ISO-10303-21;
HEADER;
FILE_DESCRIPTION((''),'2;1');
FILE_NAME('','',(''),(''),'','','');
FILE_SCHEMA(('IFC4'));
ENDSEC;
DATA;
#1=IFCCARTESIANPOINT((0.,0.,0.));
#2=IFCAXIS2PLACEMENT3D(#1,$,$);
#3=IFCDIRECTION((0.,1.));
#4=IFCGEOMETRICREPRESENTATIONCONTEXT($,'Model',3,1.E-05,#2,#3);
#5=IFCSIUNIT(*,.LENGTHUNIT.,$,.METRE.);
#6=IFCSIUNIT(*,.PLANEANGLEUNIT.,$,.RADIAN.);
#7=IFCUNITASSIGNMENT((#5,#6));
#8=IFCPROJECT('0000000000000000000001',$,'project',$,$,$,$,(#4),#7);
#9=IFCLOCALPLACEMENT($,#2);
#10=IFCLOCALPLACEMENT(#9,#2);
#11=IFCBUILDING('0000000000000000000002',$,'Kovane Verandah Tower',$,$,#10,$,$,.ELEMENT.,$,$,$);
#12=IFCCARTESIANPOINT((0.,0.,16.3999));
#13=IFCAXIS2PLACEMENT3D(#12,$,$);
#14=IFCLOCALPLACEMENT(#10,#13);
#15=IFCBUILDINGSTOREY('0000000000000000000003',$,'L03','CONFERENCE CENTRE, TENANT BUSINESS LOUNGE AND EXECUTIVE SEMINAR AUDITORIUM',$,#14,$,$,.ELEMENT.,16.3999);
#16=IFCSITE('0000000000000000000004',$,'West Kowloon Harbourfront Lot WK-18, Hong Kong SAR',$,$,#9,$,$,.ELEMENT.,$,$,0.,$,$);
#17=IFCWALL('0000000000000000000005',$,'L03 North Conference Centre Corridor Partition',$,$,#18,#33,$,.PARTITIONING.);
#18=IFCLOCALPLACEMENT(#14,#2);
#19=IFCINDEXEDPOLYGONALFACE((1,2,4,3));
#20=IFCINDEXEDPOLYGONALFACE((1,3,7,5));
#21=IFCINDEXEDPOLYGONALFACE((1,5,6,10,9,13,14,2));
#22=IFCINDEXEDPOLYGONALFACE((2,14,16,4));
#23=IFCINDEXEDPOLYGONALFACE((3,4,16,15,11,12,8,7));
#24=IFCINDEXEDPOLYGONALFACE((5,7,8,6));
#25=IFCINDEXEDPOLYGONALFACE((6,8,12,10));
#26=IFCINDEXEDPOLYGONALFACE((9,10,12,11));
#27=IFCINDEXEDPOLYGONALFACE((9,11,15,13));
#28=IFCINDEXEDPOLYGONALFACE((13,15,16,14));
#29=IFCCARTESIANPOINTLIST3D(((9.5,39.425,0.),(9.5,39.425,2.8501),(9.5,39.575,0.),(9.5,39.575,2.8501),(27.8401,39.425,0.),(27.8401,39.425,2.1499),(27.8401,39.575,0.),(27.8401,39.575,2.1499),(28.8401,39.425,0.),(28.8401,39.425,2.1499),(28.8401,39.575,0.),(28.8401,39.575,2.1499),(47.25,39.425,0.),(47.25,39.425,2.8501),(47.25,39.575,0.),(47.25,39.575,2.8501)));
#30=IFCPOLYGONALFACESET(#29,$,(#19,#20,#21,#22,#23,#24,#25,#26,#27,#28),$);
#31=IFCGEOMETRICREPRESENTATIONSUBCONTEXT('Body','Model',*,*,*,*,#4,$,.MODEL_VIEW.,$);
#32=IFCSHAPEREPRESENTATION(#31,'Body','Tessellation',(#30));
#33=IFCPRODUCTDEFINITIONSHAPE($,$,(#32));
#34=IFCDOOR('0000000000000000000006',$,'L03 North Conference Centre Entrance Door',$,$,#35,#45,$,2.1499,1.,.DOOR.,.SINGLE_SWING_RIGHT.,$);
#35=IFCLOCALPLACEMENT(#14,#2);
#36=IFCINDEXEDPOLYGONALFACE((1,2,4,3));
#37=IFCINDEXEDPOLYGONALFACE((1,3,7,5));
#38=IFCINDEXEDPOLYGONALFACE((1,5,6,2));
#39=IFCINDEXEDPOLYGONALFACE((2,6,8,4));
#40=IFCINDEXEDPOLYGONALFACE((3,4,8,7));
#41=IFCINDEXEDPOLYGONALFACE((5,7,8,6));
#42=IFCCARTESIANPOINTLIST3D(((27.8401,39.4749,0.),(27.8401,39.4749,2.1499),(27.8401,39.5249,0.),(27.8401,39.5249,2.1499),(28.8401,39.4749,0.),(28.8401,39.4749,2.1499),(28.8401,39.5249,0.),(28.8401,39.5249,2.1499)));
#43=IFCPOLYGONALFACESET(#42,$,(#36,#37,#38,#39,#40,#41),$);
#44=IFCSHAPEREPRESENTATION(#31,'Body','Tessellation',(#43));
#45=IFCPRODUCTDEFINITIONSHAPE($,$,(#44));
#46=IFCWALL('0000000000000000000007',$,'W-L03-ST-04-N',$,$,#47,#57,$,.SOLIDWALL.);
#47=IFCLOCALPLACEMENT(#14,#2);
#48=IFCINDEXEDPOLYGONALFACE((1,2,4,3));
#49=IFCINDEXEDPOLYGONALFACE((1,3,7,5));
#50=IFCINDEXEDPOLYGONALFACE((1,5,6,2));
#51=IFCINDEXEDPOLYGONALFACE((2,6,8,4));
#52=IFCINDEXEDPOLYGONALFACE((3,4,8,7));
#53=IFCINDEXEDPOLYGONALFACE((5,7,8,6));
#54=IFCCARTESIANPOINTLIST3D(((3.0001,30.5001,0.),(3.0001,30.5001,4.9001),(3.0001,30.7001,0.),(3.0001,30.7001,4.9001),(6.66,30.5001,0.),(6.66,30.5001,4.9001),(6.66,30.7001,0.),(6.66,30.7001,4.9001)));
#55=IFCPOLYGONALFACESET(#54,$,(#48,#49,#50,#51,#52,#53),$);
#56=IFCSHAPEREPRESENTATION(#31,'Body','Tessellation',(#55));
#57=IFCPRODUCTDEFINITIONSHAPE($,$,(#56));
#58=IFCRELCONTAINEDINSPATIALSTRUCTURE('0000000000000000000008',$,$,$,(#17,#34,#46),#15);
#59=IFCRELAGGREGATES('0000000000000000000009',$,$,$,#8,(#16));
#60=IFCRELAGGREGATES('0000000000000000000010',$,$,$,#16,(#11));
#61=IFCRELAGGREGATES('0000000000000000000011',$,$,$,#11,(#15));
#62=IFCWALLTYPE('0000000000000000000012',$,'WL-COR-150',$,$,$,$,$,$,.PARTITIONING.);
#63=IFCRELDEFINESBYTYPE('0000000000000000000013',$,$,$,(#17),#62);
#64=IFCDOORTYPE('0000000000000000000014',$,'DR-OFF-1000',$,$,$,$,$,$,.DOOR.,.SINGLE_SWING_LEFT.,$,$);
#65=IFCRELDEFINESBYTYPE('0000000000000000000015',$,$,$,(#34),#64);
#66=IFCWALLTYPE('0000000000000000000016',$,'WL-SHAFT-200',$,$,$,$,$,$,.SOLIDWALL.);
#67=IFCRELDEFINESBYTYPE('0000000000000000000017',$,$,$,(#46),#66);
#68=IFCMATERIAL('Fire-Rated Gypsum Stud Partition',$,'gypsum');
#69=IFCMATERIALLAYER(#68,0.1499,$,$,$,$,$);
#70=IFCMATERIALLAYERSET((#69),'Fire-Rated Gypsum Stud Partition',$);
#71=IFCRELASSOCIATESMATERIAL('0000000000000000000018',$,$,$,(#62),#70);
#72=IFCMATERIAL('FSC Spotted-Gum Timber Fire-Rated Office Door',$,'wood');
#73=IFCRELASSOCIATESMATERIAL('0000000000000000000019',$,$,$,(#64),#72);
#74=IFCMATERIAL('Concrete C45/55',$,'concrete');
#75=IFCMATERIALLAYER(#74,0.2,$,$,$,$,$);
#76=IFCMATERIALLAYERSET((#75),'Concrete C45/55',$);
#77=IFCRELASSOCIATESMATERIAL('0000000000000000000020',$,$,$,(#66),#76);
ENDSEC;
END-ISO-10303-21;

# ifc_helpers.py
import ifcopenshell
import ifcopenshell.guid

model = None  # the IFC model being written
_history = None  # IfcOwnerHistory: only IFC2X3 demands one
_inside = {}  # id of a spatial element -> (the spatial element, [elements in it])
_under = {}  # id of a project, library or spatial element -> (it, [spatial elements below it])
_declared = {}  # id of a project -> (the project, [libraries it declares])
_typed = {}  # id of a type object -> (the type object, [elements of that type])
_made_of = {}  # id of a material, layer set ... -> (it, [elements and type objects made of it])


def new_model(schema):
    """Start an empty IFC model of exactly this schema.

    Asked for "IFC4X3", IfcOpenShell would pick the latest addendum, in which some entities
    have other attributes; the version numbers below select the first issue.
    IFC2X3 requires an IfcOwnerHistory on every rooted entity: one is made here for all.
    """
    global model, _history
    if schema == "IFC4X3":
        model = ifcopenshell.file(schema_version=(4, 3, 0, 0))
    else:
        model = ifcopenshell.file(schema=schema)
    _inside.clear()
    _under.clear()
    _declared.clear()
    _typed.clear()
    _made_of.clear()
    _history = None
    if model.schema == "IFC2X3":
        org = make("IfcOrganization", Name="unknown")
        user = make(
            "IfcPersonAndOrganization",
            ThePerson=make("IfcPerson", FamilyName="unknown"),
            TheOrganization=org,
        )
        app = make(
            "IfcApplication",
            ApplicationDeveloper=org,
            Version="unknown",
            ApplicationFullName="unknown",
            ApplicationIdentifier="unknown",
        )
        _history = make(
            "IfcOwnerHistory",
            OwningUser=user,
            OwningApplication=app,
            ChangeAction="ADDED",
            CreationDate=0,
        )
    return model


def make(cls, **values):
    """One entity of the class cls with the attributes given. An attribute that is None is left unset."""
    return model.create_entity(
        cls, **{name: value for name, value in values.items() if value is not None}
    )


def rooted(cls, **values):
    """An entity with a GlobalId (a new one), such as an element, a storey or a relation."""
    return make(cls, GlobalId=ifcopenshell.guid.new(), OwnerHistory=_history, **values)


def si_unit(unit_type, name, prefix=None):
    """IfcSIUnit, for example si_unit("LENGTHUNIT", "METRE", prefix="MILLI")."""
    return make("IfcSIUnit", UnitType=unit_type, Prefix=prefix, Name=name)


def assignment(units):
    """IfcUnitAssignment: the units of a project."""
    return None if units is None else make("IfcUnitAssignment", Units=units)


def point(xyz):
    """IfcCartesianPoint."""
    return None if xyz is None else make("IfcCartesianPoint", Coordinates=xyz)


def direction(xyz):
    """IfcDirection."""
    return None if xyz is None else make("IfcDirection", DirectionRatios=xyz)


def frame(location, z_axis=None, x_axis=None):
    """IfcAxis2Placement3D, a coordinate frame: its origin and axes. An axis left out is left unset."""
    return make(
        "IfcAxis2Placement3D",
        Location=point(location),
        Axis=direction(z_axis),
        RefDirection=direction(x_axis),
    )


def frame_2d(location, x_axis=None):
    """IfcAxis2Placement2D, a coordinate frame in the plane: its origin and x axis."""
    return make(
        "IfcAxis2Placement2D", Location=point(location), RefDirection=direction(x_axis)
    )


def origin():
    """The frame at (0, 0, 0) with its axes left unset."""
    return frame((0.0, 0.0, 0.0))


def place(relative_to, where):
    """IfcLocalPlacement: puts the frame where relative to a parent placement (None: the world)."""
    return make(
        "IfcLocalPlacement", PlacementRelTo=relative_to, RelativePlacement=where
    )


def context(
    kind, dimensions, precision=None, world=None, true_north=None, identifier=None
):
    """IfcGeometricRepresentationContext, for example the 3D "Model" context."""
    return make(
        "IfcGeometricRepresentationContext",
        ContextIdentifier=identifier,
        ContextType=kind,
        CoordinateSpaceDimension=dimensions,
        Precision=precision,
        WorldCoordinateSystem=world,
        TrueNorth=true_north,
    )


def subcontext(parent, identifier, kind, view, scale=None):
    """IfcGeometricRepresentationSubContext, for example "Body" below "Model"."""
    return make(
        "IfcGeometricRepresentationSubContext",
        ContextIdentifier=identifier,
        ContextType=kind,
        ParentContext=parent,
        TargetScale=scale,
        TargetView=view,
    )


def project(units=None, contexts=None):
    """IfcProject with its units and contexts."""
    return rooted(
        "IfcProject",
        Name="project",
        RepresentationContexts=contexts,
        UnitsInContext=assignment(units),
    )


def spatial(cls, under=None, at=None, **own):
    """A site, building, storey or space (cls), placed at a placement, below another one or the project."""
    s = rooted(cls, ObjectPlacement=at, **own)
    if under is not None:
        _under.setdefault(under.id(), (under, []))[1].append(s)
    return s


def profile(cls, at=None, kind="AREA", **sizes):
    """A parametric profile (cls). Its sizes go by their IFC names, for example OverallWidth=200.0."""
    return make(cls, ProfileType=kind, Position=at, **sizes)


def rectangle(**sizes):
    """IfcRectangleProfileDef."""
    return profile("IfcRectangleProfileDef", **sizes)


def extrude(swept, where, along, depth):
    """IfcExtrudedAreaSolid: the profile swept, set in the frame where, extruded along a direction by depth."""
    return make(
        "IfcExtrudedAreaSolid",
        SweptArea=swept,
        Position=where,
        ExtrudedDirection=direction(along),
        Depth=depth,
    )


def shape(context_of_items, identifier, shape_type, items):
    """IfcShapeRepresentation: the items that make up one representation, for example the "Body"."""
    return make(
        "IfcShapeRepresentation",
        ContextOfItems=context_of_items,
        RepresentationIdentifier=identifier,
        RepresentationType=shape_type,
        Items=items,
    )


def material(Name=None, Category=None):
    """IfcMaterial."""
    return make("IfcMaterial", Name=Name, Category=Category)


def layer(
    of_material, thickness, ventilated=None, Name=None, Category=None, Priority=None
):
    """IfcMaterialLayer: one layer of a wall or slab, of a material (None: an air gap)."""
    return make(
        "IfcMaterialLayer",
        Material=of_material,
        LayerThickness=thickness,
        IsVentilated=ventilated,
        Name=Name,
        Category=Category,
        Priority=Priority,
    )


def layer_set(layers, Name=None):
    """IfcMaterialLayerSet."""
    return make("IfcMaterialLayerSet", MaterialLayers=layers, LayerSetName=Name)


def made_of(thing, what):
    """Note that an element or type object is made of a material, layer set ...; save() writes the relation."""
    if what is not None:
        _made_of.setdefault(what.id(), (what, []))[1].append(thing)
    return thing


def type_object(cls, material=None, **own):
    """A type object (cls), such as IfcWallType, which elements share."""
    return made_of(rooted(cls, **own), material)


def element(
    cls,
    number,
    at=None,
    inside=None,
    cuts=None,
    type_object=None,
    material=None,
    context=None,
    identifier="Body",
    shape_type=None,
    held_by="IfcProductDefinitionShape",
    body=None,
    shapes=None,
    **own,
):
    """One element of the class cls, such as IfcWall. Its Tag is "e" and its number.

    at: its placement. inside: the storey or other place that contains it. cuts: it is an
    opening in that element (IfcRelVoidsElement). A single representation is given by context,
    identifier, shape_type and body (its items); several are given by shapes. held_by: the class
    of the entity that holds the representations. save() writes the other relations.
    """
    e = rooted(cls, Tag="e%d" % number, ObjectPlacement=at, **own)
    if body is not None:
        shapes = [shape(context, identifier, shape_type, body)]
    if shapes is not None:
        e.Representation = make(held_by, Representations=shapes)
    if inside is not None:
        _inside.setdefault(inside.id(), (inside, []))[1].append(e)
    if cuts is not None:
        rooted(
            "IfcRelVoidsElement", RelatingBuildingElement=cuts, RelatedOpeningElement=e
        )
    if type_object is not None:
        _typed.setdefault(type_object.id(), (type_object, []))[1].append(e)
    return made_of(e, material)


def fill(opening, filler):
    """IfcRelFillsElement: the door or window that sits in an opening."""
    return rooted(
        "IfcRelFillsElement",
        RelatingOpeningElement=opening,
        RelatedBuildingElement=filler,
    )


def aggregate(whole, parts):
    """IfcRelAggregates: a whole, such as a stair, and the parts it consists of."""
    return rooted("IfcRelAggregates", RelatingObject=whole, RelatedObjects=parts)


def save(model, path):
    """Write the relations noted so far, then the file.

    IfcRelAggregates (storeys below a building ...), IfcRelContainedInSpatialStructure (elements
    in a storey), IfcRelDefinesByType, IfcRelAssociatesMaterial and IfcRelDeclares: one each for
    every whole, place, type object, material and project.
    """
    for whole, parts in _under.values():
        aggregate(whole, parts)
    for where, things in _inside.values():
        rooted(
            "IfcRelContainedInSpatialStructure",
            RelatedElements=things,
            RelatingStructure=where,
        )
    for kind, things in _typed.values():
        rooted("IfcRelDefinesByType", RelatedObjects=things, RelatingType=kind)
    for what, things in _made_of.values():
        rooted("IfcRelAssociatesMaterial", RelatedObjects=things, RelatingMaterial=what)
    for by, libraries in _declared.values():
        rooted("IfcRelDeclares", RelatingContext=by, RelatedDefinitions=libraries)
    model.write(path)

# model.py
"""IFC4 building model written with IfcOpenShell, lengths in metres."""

from ifc_helpers import new_model, si_unit, direction, frame, frame_2d, origin, place, context, subcontext, project, spatial, rectangle, extrude, material, layer, layer_set, type_object, element, fill, save


model = new_model("IFC4")

# Units and contexts
model_context = context("Model", 3, precision=1e-05, world=origin(), true_north=direction((0.0, 1.0)))
body_context = subcontext(model_context, "Body", "Model", "MODEL_VIEW")
ifc_project = project(units=[si_unit("LENGTHUNIT", "METRE"), si_unit("PLANEANGLEUNIT", "RADIAN")], contexts=[model_context])

# Site, building, storey
site_placement = place(None, origin())
site = spatial("IfcSite", under=ifc_project, at=site_placement, Name="West Kowloon Harbourfront Lot WK-18, Hong Kong SAR", CompositionType="ELEMENT", RefElevation=0.0)
building_placement = place(site_placement, origin())
building = spatial("IfcBuilding", under=site, at=building_placement, Name="Kovane Verandah Tower", CompositionType="ELEMENT")
storey_placement = place(building_placement, frame((0.0, 0.0, 16.3999)))
storey = spatial("IfcBuildingStorey", under=building, at=storey_placement, Name="L03", Description="CONFERENCE CENTRE, TENANT BUSINESS LOUNGE AND EXECUTIVE SEMINAR AUDITORIUM", CompositionType="ELEMENT", Elevation=16.3999)

# Wall, opening, door
ifc_material_1 = material(Name="Fire-Rated Gypsum Stud Partition", Category="gypsum")
ifc_layer_1 = layer(ifc_material_1, 0.1499)
ifc_layer_set_1 = layer_set([ifc_layer_1], Name="Fire-Rated Gypsum Stud Partition")
wall_type_1 = type_object("IfcWallType", Name="WL-COR-150", PredefinedType="PARTITIONING", material=ifc_layer_set_1)
wall_1_placement = place(storey_placement, frame((9.5, 39.5, 0.0), z_axis=(0.0, 0.0, 1.0), x_axis=(1.0, 0.0, 0.0)))
wall_1 = element("IfcWall", 1, at=wall_1_placement, inside=storey, type_object=wall_type_1, Name="L03 North Conference Centre Corridor Partition", PredefinedType="PARTITIONING", context=body_context, shape_type="SweptSolid", body=[
    extrude(rectangle(XDim=37.75, YDim=0.1499, at=frame_2d((18.875, 0.0))), origin(), (0.0, 0.0, 1.0), 2.8501),
])
opening_placement = place(wall_1_placement, frame((18.3401, 0.0, 0.0)))
opening = element("IfcOpeningElement", 2, at=opening_placement, cuts=wall_1, PredefinedType="OPENING", context=body_context, shape_type="SweptSolid", body=[
    extrude(rectangle(XDim=1.0, YDim=2.1499, at=frame_2d((0.5, 1.075))), frame((0.0, 0.075, 0.0), z_axis=(0.0, -1.0, 0.0), x_axis=(1.0, 0.0, 0.0)), (0.0, 0.0, 1.0), 0.1499),
])
ifc_material_2 = material(Name="FSC Spotted-Gum Timber Fire-Rated Office Door", Category="wood")
door_type = type_object("IfcDoorType", Name="DR-OFF-1000", OperationType="SINGLE_SWING_LEFT", PredefinedType="DOOR", material=ifc_material_2)
door_placement = place(opening_placement, origin())
door = element("IfcDoor", 3, at=door_placement, inside=storey, type_object=door_type, Name="L03 North Conference Centre Entrance Door", OperationType="SINGLE_SWING_RIGHT", OverallHeight=2.1499, OverallWidth=1.0, PredefinedType="DOOR", context=body_context, shape_type="SweptSolid", body=[
    extrude(rectangle(XDim=1.0, YDim=2.1499, at=frame_2d((0.5, 1.075))), frame((0.0, 0.0249, 0.0), z_axis=(0.0, -1.0, 0.0), x_axis=(1.0, 0.0, 0.0)), (0.0, 0.0, 1.0), 0.05),
])
fill(opening, door)

# Wall
ifc_material_3 = material(Name="Concrete C45/55", Category="concrete")
ifc_layer_2 = layer(ifc_material_3, 0.2)
ifc_layer_set_2 = layer_set([ifc_layer_2], Name="Concrete C45/55")
wall_type_2 = type_object("IfcWallType", Name="WL-SHAFT-200", PredefinedType="SOLIDWALL", material=ifc_layer_set_2)
wall_2_placement = place(storey_placement, frame((3.0, 30.6001, 0.0), z_axis=(0.0, 0.0, 1.0), x_axis=(1.0, 0.0, 0.0)))
element("IfcWall", 4, at=wall_2_placement, inside=storey, type_object=wall_type_2, Name="W-L03-ST-04-N", PredefinedType="SOLIDWALL", context=body_context, shape_type="SweptSolid", body=[
    extrude(rectangle(XDim=3.6599, YDim=0.2, at=frame_2d((1.8301, 0.0))), origin(), (0.0, 0.0, 1.0), 4.9001),
])

save(model, "model.ifc")
